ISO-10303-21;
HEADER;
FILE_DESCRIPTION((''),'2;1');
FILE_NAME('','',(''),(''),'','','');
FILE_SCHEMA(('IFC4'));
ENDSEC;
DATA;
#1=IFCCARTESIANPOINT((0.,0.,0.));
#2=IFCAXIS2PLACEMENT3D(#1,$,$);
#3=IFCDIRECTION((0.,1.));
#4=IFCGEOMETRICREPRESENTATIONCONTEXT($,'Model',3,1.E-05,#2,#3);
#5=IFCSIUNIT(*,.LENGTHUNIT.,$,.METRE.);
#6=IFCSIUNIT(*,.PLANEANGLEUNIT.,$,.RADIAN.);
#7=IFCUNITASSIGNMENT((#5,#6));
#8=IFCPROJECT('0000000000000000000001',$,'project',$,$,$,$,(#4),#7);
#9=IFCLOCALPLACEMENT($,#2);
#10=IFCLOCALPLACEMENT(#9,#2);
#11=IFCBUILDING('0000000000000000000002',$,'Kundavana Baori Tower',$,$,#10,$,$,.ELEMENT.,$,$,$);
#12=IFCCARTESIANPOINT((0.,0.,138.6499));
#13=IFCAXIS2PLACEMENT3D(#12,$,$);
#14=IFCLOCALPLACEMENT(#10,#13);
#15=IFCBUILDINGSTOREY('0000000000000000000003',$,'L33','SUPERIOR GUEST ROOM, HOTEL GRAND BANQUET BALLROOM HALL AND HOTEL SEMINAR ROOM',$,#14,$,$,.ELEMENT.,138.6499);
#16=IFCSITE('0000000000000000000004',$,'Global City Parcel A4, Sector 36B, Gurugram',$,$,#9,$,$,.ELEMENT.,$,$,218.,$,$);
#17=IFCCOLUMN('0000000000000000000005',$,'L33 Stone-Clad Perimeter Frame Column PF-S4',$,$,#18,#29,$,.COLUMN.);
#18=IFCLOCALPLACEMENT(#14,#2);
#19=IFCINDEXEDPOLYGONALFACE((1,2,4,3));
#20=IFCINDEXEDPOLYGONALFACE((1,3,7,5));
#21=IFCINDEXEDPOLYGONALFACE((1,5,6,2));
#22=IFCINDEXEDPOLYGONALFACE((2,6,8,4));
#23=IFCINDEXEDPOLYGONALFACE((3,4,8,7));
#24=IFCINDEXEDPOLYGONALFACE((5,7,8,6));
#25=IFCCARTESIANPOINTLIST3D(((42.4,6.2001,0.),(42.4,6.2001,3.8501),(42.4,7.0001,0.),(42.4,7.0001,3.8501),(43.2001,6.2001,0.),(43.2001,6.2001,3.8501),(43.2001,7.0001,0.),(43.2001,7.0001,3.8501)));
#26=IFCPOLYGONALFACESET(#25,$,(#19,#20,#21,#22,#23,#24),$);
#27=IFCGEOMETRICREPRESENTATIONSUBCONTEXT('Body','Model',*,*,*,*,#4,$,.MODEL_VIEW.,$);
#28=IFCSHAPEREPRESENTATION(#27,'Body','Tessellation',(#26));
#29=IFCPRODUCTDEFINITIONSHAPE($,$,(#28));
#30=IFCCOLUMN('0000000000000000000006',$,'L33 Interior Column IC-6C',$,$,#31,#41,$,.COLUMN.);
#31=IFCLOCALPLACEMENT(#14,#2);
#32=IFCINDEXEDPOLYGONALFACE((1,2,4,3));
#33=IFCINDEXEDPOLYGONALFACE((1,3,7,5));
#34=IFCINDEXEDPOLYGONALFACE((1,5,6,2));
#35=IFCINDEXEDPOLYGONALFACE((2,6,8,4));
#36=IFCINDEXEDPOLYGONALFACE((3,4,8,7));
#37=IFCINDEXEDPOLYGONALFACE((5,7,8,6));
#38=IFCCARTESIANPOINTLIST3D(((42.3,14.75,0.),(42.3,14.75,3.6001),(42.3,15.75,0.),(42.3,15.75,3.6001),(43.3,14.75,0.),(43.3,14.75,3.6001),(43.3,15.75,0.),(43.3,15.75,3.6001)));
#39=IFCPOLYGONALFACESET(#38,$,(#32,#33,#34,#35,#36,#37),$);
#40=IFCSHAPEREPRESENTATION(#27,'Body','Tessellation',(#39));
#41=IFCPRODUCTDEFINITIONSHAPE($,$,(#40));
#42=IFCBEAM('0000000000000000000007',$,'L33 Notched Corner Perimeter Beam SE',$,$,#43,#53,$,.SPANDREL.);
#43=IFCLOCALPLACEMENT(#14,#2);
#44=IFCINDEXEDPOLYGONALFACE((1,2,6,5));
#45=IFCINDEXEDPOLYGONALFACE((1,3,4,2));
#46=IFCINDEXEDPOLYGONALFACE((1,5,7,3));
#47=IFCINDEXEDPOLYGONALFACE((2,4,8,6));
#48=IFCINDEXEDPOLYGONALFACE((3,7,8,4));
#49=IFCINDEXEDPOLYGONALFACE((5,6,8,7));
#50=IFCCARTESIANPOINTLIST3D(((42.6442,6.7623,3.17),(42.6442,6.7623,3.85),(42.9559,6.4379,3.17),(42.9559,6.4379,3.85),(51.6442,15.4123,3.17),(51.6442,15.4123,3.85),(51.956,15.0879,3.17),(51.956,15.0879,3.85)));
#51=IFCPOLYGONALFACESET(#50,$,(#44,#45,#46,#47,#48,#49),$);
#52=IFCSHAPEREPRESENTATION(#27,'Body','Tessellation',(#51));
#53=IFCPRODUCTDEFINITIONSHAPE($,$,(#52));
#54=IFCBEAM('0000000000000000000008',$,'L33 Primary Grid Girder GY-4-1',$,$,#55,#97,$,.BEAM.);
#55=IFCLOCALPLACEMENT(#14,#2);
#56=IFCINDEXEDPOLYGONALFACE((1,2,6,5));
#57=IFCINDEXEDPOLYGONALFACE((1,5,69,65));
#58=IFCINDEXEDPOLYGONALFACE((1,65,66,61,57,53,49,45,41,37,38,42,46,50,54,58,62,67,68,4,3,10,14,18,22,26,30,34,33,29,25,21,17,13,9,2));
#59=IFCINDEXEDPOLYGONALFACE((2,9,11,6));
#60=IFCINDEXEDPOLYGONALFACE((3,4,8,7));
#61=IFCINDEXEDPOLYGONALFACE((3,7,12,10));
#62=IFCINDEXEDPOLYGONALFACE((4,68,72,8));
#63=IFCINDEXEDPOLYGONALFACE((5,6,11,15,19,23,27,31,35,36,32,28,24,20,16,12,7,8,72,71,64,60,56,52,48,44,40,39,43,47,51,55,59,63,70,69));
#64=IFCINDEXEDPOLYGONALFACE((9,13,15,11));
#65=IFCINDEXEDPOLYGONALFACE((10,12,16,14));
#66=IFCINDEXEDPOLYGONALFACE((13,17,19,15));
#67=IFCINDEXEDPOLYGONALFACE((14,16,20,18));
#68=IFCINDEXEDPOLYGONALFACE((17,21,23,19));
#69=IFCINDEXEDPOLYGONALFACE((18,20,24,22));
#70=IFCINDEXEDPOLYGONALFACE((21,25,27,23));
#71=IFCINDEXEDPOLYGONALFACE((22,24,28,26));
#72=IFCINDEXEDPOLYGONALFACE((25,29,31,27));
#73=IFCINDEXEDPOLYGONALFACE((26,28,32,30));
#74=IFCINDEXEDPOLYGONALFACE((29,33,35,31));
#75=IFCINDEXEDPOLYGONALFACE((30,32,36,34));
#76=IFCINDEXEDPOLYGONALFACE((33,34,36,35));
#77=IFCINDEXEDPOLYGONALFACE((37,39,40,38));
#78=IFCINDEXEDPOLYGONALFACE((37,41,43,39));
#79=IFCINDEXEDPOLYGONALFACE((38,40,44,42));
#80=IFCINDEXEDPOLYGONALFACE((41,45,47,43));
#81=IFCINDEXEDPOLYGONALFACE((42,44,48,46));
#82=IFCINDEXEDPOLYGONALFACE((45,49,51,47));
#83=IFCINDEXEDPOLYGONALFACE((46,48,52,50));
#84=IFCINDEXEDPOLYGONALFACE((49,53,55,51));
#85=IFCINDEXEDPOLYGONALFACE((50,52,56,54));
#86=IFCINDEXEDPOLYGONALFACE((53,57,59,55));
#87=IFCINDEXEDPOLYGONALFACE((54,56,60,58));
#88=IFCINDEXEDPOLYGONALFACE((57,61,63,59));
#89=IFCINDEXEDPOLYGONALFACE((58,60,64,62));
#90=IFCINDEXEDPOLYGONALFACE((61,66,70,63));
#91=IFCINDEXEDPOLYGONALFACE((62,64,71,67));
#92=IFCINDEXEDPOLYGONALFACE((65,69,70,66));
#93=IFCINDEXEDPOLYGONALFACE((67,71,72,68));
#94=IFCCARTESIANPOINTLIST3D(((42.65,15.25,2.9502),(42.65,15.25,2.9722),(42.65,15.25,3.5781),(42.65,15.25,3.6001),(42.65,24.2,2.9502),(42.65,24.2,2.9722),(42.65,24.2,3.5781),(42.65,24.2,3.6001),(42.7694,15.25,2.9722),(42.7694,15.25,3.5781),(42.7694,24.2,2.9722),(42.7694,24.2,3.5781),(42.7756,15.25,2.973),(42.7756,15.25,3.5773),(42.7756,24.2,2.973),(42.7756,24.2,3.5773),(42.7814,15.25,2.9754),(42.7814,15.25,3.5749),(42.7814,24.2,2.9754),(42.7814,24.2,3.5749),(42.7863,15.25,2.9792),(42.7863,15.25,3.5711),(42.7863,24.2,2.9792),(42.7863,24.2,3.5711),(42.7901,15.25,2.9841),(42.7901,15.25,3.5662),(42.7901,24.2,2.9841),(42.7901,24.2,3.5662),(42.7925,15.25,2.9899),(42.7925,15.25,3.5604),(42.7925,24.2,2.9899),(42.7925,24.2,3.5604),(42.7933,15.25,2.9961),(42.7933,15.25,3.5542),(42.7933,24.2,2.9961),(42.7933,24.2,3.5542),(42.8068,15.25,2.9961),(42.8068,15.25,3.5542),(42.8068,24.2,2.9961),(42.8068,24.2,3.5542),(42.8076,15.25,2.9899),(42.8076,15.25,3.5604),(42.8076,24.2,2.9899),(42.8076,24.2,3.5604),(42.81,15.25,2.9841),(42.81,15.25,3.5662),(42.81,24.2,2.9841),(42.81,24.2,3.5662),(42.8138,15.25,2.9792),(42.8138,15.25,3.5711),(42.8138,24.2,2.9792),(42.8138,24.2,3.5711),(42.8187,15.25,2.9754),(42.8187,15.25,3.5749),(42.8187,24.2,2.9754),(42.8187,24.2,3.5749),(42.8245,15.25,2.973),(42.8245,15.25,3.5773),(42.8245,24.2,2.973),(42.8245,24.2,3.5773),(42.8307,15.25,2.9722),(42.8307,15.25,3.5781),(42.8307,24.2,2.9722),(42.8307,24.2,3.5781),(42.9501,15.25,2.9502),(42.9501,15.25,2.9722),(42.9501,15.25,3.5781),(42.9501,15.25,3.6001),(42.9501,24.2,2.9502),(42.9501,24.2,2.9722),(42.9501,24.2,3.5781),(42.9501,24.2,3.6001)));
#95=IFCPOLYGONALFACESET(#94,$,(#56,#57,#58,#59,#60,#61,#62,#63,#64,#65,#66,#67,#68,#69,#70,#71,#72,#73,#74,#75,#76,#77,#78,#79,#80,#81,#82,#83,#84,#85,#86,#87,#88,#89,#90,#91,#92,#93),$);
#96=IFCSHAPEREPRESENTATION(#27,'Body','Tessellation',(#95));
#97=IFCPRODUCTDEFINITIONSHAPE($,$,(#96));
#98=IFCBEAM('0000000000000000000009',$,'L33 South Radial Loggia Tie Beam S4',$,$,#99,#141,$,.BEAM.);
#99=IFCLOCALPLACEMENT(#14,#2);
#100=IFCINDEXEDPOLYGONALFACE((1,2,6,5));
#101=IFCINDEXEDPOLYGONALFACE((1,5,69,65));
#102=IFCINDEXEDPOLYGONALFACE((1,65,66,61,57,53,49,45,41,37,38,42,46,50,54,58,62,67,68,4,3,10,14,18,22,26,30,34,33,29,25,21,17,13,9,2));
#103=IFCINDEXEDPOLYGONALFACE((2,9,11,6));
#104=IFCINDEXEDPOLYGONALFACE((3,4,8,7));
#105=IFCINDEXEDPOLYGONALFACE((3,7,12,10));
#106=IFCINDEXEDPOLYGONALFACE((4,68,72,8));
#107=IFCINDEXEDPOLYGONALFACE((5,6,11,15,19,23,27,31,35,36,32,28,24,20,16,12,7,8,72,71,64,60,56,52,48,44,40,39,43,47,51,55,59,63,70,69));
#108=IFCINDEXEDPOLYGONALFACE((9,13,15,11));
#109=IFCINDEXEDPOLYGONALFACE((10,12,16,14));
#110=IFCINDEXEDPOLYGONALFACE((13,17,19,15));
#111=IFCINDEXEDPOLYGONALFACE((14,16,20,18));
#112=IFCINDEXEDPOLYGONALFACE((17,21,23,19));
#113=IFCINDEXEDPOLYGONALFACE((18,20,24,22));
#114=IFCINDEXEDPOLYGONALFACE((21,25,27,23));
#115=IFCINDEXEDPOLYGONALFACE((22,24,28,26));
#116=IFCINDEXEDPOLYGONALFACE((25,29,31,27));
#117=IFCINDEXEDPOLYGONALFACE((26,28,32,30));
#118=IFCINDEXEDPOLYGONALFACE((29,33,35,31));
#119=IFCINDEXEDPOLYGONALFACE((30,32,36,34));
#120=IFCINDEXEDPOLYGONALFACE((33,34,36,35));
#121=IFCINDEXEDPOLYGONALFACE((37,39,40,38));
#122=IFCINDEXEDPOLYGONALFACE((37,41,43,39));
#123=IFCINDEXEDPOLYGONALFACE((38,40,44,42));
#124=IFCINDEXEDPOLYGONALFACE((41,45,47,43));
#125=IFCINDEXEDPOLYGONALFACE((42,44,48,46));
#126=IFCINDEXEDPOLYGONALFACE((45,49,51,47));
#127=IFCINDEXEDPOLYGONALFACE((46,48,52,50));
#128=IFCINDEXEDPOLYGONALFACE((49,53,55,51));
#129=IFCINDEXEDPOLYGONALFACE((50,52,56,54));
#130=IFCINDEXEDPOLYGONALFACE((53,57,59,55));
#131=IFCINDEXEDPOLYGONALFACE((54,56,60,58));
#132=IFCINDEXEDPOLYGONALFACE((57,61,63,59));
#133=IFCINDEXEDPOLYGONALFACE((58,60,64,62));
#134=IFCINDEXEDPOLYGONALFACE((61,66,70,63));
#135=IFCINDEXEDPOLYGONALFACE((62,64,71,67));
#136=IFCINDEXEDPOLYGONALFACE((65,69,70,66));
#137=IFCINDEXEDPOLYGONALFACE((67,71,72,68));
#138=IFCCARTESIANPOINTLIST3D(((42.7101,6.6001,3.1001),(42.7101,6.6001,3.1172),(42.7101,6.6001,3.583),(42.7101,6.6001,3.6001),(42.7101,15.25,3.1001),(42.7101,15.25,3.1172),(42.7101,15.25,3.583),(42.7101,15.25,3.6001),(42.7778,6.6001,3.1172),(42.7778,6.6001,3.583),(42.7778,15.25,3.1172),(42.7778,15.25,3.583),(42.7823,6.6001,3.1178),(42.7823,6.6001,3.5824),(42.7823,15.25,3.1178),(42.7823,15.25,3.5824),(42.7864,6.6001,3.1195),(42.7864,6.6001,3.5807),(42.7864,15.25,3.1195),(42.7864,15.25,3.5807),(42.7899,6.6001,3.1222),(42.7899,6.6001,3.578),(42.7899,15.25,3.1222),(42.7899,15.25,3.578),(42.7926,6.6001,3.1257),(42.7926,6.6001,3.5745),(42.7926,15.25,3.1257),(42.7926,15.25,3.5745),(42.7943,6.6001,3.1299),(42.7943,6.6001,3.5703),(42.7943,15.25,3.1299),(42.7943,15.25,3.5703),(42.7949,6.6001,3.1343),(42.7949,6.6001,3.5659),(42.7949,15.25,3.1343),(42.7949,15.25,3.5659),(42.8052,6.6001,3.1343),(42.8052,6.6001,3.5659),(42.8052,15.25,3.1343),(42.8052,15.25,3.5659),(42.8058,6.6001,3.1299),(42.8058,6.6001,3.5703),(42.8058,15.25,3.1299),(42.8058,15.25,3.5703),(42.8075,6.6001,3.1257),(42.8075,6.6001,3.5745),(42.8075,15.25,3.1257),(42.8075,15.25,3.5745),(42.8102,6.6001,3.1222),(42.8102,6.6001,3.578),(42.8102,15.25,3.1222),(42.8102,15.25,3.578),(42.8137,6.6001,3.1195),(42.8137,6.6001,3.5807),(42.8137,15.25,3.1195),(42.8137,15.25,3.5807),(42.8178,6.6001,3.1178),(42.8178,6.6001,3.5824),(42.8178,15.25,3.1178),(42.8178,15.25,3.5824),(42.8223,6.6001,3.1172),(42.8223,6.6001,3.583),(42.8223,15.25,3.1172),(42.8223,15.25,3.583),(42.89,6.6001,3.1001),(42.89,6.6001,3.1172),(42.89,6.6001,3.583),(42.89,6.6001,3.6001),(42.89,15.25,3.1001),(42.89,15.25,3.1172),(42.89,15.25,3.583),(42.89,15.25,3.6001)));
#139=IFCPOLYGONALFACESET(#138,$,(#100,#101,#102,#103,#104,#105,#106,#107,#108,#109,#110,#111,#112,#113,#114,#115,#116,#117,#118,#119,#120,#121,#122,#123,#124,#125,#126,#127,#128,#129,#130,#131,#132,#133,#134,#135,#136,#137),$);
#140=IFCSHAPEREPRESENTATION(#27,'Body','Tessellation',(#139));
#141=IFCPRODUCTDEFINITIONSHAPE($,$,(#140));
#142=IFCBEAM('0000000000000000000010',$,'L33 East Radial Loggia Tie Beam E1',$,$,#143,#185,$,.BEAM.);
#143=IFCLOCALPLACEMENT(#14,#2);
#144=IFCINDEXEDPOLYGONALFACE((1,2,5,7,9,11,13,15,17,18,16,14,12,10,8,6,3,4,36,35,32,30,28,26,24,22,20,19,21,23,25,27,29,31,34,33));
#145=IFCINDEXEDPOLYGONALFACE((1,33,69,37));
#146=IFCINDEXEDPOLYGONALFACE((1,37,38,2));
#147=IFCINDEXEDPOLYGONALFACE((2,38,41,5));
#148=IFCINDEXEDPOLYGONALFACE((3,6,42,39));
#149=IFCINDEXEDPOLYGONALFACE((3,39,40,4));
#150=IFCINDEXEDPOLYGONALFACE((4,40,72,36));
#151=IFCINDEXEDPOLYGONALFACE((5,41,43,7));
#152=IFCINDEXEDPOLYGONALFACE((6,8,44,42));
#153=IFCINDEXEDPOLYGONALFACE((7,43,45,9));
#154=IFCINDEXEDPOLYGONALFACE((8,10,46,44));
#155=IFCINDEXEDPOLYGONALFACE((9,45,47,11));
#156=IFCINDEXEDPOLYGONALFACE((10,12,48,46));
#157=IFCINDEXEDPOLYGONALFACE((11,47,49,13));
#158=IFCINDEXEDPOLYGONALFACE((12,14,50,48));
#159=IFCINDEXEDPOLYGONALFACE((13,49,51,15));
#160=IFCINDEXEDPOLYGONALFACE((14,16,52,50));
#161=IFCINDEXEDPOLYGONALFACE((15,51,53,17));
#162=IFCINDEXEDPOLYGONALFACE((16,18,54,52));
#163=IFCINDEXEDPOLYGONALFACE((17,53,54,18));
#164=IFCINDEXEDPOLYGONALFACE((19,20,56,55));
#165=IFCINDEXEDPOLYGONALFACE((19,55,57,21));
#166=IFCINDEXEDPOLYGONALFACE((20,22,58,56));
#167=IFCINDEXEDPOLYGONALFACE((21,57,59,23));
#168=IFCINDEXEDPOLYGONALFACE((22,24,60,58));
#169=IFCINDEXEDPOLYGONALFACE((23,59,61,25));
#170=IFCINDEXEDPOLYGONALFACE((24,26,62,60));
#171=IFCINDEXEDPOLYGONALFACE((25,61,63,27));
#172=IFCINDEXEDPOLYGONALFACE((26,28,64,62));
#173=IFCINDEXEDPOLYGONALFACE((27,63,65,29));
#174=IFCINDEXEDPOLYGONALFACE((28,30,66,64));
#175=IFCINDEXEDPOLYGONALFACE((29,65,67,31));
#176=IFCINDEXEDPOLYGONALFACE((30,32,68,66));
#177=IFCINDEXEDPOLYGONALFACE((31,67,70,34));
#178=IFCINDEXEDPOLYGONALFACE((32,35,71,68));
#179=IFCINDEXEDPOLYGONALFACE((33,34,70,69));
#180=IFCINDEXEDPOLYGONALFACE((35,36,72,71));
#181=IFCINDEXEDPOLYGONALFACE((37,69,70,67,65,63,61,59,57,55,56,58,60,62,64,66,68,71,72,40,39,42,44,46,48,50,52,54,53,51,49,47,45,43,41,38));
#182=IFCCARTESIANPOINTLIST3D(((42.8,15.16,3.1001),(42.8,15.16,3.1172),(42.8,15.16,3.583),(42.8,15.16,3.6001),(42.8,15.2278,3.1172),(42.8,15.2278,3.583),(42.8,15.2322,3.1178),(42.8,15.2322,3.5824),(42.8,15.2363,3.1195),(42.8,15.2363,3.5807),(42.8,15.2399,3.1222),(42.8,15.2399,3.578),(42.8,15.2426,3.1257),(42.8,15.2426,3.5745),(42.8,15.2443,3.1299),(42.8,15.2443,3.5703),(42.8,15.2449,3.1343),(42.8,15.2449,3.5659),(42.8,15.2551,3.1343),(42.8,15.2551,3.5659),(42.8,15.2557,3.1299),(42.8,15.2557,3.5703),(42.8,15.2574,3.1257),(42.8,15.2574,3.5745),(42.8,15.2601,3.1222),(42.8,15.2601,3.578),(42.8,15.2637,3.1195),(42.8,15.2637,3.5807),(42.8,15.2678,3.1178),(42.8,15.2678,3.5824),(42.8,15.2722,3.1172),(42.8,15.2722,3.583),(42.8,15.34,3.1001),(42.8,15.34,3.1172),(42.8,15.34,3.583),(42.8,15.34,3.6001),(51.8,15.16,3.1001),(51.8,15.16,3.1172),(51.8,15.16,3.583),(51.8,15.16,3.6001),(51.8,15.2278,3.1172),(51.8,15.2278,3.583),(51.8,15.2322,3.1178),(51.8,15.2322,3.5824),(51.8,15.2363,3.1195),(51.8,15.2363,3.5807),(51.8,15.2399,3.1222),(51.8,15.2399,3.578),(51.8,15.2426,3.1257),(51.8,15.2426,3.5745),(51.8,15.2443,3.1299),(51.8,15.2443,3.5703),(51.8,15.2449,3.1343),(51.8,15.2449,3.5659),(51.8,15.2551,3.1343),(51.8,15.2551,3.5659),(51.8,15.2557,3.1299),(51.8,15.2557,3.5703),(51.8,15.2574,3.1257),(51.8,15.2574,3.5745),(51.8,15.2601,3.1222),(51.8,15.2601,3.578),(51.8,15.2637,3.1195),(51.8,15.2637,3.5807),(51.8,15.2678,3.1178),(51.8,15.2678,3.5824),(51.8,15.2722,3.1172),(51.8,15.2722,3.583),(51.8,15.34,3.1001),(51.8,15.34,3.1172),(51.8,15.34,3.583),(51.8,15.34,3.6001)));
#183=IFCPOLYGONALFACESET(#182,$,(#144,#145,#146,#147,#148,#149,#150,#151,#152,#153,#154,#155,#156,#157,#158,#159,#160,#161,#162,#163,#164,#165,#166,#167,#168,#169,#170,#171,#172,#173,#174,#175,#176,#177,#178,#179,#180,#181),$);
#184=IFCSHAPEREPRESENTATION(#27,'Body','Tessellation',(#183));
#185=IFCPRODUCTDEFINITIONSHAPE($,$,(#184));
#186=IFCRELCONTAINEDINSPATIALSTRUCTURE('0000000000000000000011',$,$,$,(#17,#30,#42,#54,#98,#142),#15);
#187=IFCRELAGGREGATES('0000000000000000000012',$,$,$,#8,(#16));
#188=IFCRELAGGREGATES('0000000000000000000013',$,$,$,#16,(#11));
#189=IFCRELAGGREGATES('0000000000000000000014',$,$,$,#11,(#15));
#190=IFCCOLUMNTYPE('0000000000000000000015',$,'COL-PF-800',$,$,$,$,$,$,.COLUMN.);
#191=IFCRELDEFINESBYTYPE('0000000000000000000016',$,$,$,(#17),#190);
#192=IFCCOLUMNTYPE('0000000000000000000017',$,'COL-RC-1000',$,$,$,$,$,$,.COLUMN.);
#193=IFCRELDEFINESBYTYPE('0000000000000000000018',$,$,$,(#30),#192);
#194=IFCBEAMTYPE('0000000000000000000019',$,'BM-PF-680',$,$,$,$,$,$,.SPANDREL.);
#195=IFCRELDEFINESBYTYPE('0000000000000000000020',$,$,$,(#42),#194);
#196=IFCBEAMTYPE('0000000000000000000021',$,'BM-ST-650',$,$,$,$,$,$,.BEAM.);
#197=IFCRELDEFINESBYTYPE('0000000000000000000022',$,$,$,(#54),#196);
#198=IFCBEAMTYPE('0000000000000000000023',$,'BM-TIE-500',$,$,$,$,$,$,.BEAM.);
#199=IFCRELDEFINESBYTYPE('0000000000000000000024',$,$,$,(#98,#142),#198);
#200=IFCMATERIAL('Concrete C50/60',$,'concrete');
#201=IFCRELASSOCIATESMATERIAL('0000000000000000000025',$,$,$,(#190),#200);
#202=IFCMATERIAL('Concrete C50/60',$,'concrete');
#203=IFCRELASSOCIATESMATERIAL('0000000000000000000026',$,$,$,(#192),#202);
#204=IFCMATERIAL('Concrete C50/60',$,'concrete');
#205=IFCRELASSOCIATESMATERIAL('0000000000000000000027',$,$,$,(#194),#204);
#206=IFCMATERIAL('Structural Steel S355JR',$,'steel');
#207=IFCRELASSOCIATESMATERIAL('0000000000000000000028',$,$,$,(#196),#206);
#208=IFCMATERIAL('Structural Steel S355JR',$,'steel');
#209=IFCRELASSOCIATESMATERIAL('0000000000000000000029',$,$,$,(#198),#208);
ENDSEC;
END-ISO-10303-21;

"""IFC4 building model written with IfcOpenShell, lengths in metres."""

from ifc_helpers import new_model, si_unit, direction, frame, origin, origin_2d, place, context, subcontext, project, spatial, rectangle, i_section, extrude, material, material_profile, profile_set, type_object, element, save


model = new_model("IFC4")

# Units and contexts
model_context = context("Model", 3, precision=1e-05, world=origin(), true_north=direction((0.0, 1.0)))
body_context = subcontext(model_context, "Body", "Model", "MODEL_VIEW")
ifc_project = project(units=[si_unit("LENGTHUNIT", "METRE"), si_unit("PLANEANGLEUNIT", "RADIAN")], contexts=[model_context])

# Site, building, storey
site_placement = place(None, origin())
site = spatial("IfcSite", under=ifc_project, at=site_placement, Name="Global City Parcel A4, Sector 36B, Gurugram", CompositionType="ELEMENT", RefElevation=218.0)
building_placement = place(site_placement, origin())
building = spatial("IfcBuilding", under=site, at=building_placement, Name="Kundavana Baori Tower", CompositionType="ELEMENT")
storey_placement = place(building_placement, frame((0.0, 0.0, 138.6499)))
storey = spatial("IfcBuildingStorey", under=building, at=storey_placement, Name="L33", Description="SUPERIOR GUEST ROOM, HOTEL GRAND BANQUET BALLROOM HALL AND HOTEL SEMINAR ROOM", CompositionType="ELEMENT", Elevation=138.6499)

# Columns
ifc_material_1 = material(Name="Concrete C50/60", Category="concrete")
ifc_material_profile_1 = material_profile(ifc_material_1, rectangle(XDim=0.8, YDim=0.8, at=origin_2d()), Name="RC PF 800x800")
ifc_profile_set_1 = profile_set([ifc_material_profile_1], Name="Concrete C50/60")
column_type_1 = type_object("IfcColumnType", Name="COL-PF-800", PredefinedType="COLUMN", material=ifc_profile_set_1)
column_1_placement = place(storey_placement, frame((42.8, 6.6001, 0.0), z_axis=(0.0, 0.0, 1.0), x_axis=(1.0, 0.0, 0.0)))
element("IfcColumn", 1, at=column_1_placement, inside=storey, type_object=column_type_1, Name="L33 Stone-Clad Perimeter Frame Column PF-S4", PredefinedType="COLUMN", context=body_context, shape_type="SweptSolid", body=[
    extrude(rectangle(XDim=0.8, YDim=0.8, at=origin_2d()), origin(), (0.0, 0.0, 1.0), 3.8501),
])
ifc_material_2 = material(Name="Concrete C50/60", Category="concrete")
ifc_material_profile_2 = material_profile(ifc_material_2, rectangle(XDim=1.0, YDim=1.0, at=origin_2d()), Name="RC 1000x1000")
ifc_profile_set_2 = profile_set([ifc_material_profile_2], Name="Concrete C50/60")
column_type_2 = type_object("IfcColumnType", Name="COL-RC-1000", PredefinedType="COLUMN", material=ifc_profile_set_2)
column_2_placement = place(storey_placement, frame((42.8, 15.25, 0.0), z_axis=(0.0, 0.0, 1.0), x_axis=(1.0, 0.0, 0.0)))
element("IfcColumn", 2, at=column_2_placement, inside=storey, type_object=column_type_2, Name="L33 Interior Column IC-6C", PredefinedType="COLUMN", context=body_context, shape_type="SweptSolid", body=[
    extrude(rectangle(XDim=1.0, YDim=1.0, at=origin_2d()), origin(), (0.0, 0.0, 1.0), 3.6001),
])

# Beams
ifc_material_3 = material(Name="Concrete C50/60", Category="concrete")
ifc_material_profile_3 = material_profile(ifc_material_3, rectangle(XDim=0.45, YDim=0.6799, at=origin_2d()), Name="RC BM 450x680")
ifc_profile_set_3 = profile_set([ifc_material_profile_3], Name="Concrete C50/60")
beam_type_1 = type_object("IfcBeamType", Name="BM-PF-680", PredefinedType="SPANDREL", material=ifc_profile_set_3)
beam_1_placement = place(storey_placement, frame((42.8, 6.6001, 3.51), z_axis=(0.720991, 0.692945, 0.0), x_axis=(-0.692945, 0.720991, 0.0)))
element("IfcBeam", 3, at=beam_1_placement, inside=storey, type_object=beam_type_1, Name="L33 Notched Corner Perimeter Beam SE", PredefinedType="SPANDREL", context=body_context, shape_type="SweptSolid", body=[
    extrude(rectangle(XDim=0.45, YDim=0.6799, at=origin_2d()), origin(), (0.0, 0.0, 1.0), 12.4829),
])
ifc_material_4 = material(Name="Structural Steel S355JR", Category="steel")
ifc_material_profile_4 = material_profile(ifc_material_4, i_section(OverallWidth=0.3, OverallDepth=0.6499, WebThickness=0.0134, FlangeThickness=0.022, FilletRadius=0.0239, at=origin_2d()), Name="NPB 650x300x155")
ifc_profile_set_4 = profile_set([ifc_material_profile_4], Name="Structural Steel S355JR")
beam_type_2 = type_object("IfcBeamType", Name="BM-ST-650", PredefinedType="BEAM", material=ifc_profile_set_4)
beam_2_placement = place(storey_placement, frame((42.8, 15.25, 3.2751), z_axis=(0.0, 1.0, 0.0), x_axis=(-1.0, 0.0, 0.0)))
element("IfcBeam", 4, at=beam_2_placement, inside=storey, type_object=beam_type_2, Name="L33 Primary Grid Girder GY-4-1", PredefinedType="BEAM", context=body_context, shape_type="SweptSolid", body=[
    extrude(i_section(OverallWidth=0.3, OverallDepth=0.6499, WebThickness=0.0134, FlangeThickness=0.022, FilletRadius=0.0239, at=origin_2d()), origin(), (0.0, 0.0, 1.0), 8.95),
])
ifc_material_5 = material(Name="Structural Steel S355JR", Category="steel")
ifc_material_profile_5 = material_profile(ifc_material_5, i_section(OverallWidth=0.1799, OverallDepth=0.5, WebThickness=0.0103, FlangeThickness=0.0171, FilletRadius=0.0171, at=origin_2d()), Name="ISMB 500")
ifc_profile_set_5 = profile_set([ifc_material_profile_5], Name="Structural Steel S355JR")
beam_type_3 = type_object("IfcBeamType", Name="BM-TIE-500", PredefinedType="BEAM", material=ifc_profile_set_5)
beam_3_placement = place(storey_placement, frame((42.8, 15.25, 3.3501), z_axis=(0.0, -1.0, 0.0), x_axis=(1.0, 0.0, 0.0)))
element("IfcBeam", 5, at=beam_3_placement, inside=storey, type_object=beam_type_3, Name="L33 South Radial Loggia Tie Beam S4", PredefinedType="BEAM", context=body_context, shape_type="SweptSolid", body=[
    extrude(i_section(OverallWidth=0.1799, OverallDepth=0.5, WebThickness=0.0103, FlangeThickness=0.0171, FilletRadius=0.0171, at=origin_2d()), origin(), (0.0, 0.0, 1.0), 8.6499),
])
beam_4_placement = place(storey_placement, frame((42.8, 15.25, 3.3501), z_axis=(1.0, 0.0, 0.0), x_axis=(0.0, 1.0, 0.0)))
element("IfcBeam", 6, at=beam_4_placement, inside=storey, type_object=beam_type_3, Name="L33 East Radial Loggia Tie Beam E1", PredefinedType="BEAM", context=body_context, shape_type="SweptSolid", body=[
    extrude(i_section(OverallWidth=0.1799, OverallDepth=0.5, WebThickness=0.0103, FlangeThickness=0.0171, FilletRadius=0.0171, at=origin_2d()), origin(), (0.0, 0.0, 1.0), 9.0),
])

save(model, "model.ifc")
